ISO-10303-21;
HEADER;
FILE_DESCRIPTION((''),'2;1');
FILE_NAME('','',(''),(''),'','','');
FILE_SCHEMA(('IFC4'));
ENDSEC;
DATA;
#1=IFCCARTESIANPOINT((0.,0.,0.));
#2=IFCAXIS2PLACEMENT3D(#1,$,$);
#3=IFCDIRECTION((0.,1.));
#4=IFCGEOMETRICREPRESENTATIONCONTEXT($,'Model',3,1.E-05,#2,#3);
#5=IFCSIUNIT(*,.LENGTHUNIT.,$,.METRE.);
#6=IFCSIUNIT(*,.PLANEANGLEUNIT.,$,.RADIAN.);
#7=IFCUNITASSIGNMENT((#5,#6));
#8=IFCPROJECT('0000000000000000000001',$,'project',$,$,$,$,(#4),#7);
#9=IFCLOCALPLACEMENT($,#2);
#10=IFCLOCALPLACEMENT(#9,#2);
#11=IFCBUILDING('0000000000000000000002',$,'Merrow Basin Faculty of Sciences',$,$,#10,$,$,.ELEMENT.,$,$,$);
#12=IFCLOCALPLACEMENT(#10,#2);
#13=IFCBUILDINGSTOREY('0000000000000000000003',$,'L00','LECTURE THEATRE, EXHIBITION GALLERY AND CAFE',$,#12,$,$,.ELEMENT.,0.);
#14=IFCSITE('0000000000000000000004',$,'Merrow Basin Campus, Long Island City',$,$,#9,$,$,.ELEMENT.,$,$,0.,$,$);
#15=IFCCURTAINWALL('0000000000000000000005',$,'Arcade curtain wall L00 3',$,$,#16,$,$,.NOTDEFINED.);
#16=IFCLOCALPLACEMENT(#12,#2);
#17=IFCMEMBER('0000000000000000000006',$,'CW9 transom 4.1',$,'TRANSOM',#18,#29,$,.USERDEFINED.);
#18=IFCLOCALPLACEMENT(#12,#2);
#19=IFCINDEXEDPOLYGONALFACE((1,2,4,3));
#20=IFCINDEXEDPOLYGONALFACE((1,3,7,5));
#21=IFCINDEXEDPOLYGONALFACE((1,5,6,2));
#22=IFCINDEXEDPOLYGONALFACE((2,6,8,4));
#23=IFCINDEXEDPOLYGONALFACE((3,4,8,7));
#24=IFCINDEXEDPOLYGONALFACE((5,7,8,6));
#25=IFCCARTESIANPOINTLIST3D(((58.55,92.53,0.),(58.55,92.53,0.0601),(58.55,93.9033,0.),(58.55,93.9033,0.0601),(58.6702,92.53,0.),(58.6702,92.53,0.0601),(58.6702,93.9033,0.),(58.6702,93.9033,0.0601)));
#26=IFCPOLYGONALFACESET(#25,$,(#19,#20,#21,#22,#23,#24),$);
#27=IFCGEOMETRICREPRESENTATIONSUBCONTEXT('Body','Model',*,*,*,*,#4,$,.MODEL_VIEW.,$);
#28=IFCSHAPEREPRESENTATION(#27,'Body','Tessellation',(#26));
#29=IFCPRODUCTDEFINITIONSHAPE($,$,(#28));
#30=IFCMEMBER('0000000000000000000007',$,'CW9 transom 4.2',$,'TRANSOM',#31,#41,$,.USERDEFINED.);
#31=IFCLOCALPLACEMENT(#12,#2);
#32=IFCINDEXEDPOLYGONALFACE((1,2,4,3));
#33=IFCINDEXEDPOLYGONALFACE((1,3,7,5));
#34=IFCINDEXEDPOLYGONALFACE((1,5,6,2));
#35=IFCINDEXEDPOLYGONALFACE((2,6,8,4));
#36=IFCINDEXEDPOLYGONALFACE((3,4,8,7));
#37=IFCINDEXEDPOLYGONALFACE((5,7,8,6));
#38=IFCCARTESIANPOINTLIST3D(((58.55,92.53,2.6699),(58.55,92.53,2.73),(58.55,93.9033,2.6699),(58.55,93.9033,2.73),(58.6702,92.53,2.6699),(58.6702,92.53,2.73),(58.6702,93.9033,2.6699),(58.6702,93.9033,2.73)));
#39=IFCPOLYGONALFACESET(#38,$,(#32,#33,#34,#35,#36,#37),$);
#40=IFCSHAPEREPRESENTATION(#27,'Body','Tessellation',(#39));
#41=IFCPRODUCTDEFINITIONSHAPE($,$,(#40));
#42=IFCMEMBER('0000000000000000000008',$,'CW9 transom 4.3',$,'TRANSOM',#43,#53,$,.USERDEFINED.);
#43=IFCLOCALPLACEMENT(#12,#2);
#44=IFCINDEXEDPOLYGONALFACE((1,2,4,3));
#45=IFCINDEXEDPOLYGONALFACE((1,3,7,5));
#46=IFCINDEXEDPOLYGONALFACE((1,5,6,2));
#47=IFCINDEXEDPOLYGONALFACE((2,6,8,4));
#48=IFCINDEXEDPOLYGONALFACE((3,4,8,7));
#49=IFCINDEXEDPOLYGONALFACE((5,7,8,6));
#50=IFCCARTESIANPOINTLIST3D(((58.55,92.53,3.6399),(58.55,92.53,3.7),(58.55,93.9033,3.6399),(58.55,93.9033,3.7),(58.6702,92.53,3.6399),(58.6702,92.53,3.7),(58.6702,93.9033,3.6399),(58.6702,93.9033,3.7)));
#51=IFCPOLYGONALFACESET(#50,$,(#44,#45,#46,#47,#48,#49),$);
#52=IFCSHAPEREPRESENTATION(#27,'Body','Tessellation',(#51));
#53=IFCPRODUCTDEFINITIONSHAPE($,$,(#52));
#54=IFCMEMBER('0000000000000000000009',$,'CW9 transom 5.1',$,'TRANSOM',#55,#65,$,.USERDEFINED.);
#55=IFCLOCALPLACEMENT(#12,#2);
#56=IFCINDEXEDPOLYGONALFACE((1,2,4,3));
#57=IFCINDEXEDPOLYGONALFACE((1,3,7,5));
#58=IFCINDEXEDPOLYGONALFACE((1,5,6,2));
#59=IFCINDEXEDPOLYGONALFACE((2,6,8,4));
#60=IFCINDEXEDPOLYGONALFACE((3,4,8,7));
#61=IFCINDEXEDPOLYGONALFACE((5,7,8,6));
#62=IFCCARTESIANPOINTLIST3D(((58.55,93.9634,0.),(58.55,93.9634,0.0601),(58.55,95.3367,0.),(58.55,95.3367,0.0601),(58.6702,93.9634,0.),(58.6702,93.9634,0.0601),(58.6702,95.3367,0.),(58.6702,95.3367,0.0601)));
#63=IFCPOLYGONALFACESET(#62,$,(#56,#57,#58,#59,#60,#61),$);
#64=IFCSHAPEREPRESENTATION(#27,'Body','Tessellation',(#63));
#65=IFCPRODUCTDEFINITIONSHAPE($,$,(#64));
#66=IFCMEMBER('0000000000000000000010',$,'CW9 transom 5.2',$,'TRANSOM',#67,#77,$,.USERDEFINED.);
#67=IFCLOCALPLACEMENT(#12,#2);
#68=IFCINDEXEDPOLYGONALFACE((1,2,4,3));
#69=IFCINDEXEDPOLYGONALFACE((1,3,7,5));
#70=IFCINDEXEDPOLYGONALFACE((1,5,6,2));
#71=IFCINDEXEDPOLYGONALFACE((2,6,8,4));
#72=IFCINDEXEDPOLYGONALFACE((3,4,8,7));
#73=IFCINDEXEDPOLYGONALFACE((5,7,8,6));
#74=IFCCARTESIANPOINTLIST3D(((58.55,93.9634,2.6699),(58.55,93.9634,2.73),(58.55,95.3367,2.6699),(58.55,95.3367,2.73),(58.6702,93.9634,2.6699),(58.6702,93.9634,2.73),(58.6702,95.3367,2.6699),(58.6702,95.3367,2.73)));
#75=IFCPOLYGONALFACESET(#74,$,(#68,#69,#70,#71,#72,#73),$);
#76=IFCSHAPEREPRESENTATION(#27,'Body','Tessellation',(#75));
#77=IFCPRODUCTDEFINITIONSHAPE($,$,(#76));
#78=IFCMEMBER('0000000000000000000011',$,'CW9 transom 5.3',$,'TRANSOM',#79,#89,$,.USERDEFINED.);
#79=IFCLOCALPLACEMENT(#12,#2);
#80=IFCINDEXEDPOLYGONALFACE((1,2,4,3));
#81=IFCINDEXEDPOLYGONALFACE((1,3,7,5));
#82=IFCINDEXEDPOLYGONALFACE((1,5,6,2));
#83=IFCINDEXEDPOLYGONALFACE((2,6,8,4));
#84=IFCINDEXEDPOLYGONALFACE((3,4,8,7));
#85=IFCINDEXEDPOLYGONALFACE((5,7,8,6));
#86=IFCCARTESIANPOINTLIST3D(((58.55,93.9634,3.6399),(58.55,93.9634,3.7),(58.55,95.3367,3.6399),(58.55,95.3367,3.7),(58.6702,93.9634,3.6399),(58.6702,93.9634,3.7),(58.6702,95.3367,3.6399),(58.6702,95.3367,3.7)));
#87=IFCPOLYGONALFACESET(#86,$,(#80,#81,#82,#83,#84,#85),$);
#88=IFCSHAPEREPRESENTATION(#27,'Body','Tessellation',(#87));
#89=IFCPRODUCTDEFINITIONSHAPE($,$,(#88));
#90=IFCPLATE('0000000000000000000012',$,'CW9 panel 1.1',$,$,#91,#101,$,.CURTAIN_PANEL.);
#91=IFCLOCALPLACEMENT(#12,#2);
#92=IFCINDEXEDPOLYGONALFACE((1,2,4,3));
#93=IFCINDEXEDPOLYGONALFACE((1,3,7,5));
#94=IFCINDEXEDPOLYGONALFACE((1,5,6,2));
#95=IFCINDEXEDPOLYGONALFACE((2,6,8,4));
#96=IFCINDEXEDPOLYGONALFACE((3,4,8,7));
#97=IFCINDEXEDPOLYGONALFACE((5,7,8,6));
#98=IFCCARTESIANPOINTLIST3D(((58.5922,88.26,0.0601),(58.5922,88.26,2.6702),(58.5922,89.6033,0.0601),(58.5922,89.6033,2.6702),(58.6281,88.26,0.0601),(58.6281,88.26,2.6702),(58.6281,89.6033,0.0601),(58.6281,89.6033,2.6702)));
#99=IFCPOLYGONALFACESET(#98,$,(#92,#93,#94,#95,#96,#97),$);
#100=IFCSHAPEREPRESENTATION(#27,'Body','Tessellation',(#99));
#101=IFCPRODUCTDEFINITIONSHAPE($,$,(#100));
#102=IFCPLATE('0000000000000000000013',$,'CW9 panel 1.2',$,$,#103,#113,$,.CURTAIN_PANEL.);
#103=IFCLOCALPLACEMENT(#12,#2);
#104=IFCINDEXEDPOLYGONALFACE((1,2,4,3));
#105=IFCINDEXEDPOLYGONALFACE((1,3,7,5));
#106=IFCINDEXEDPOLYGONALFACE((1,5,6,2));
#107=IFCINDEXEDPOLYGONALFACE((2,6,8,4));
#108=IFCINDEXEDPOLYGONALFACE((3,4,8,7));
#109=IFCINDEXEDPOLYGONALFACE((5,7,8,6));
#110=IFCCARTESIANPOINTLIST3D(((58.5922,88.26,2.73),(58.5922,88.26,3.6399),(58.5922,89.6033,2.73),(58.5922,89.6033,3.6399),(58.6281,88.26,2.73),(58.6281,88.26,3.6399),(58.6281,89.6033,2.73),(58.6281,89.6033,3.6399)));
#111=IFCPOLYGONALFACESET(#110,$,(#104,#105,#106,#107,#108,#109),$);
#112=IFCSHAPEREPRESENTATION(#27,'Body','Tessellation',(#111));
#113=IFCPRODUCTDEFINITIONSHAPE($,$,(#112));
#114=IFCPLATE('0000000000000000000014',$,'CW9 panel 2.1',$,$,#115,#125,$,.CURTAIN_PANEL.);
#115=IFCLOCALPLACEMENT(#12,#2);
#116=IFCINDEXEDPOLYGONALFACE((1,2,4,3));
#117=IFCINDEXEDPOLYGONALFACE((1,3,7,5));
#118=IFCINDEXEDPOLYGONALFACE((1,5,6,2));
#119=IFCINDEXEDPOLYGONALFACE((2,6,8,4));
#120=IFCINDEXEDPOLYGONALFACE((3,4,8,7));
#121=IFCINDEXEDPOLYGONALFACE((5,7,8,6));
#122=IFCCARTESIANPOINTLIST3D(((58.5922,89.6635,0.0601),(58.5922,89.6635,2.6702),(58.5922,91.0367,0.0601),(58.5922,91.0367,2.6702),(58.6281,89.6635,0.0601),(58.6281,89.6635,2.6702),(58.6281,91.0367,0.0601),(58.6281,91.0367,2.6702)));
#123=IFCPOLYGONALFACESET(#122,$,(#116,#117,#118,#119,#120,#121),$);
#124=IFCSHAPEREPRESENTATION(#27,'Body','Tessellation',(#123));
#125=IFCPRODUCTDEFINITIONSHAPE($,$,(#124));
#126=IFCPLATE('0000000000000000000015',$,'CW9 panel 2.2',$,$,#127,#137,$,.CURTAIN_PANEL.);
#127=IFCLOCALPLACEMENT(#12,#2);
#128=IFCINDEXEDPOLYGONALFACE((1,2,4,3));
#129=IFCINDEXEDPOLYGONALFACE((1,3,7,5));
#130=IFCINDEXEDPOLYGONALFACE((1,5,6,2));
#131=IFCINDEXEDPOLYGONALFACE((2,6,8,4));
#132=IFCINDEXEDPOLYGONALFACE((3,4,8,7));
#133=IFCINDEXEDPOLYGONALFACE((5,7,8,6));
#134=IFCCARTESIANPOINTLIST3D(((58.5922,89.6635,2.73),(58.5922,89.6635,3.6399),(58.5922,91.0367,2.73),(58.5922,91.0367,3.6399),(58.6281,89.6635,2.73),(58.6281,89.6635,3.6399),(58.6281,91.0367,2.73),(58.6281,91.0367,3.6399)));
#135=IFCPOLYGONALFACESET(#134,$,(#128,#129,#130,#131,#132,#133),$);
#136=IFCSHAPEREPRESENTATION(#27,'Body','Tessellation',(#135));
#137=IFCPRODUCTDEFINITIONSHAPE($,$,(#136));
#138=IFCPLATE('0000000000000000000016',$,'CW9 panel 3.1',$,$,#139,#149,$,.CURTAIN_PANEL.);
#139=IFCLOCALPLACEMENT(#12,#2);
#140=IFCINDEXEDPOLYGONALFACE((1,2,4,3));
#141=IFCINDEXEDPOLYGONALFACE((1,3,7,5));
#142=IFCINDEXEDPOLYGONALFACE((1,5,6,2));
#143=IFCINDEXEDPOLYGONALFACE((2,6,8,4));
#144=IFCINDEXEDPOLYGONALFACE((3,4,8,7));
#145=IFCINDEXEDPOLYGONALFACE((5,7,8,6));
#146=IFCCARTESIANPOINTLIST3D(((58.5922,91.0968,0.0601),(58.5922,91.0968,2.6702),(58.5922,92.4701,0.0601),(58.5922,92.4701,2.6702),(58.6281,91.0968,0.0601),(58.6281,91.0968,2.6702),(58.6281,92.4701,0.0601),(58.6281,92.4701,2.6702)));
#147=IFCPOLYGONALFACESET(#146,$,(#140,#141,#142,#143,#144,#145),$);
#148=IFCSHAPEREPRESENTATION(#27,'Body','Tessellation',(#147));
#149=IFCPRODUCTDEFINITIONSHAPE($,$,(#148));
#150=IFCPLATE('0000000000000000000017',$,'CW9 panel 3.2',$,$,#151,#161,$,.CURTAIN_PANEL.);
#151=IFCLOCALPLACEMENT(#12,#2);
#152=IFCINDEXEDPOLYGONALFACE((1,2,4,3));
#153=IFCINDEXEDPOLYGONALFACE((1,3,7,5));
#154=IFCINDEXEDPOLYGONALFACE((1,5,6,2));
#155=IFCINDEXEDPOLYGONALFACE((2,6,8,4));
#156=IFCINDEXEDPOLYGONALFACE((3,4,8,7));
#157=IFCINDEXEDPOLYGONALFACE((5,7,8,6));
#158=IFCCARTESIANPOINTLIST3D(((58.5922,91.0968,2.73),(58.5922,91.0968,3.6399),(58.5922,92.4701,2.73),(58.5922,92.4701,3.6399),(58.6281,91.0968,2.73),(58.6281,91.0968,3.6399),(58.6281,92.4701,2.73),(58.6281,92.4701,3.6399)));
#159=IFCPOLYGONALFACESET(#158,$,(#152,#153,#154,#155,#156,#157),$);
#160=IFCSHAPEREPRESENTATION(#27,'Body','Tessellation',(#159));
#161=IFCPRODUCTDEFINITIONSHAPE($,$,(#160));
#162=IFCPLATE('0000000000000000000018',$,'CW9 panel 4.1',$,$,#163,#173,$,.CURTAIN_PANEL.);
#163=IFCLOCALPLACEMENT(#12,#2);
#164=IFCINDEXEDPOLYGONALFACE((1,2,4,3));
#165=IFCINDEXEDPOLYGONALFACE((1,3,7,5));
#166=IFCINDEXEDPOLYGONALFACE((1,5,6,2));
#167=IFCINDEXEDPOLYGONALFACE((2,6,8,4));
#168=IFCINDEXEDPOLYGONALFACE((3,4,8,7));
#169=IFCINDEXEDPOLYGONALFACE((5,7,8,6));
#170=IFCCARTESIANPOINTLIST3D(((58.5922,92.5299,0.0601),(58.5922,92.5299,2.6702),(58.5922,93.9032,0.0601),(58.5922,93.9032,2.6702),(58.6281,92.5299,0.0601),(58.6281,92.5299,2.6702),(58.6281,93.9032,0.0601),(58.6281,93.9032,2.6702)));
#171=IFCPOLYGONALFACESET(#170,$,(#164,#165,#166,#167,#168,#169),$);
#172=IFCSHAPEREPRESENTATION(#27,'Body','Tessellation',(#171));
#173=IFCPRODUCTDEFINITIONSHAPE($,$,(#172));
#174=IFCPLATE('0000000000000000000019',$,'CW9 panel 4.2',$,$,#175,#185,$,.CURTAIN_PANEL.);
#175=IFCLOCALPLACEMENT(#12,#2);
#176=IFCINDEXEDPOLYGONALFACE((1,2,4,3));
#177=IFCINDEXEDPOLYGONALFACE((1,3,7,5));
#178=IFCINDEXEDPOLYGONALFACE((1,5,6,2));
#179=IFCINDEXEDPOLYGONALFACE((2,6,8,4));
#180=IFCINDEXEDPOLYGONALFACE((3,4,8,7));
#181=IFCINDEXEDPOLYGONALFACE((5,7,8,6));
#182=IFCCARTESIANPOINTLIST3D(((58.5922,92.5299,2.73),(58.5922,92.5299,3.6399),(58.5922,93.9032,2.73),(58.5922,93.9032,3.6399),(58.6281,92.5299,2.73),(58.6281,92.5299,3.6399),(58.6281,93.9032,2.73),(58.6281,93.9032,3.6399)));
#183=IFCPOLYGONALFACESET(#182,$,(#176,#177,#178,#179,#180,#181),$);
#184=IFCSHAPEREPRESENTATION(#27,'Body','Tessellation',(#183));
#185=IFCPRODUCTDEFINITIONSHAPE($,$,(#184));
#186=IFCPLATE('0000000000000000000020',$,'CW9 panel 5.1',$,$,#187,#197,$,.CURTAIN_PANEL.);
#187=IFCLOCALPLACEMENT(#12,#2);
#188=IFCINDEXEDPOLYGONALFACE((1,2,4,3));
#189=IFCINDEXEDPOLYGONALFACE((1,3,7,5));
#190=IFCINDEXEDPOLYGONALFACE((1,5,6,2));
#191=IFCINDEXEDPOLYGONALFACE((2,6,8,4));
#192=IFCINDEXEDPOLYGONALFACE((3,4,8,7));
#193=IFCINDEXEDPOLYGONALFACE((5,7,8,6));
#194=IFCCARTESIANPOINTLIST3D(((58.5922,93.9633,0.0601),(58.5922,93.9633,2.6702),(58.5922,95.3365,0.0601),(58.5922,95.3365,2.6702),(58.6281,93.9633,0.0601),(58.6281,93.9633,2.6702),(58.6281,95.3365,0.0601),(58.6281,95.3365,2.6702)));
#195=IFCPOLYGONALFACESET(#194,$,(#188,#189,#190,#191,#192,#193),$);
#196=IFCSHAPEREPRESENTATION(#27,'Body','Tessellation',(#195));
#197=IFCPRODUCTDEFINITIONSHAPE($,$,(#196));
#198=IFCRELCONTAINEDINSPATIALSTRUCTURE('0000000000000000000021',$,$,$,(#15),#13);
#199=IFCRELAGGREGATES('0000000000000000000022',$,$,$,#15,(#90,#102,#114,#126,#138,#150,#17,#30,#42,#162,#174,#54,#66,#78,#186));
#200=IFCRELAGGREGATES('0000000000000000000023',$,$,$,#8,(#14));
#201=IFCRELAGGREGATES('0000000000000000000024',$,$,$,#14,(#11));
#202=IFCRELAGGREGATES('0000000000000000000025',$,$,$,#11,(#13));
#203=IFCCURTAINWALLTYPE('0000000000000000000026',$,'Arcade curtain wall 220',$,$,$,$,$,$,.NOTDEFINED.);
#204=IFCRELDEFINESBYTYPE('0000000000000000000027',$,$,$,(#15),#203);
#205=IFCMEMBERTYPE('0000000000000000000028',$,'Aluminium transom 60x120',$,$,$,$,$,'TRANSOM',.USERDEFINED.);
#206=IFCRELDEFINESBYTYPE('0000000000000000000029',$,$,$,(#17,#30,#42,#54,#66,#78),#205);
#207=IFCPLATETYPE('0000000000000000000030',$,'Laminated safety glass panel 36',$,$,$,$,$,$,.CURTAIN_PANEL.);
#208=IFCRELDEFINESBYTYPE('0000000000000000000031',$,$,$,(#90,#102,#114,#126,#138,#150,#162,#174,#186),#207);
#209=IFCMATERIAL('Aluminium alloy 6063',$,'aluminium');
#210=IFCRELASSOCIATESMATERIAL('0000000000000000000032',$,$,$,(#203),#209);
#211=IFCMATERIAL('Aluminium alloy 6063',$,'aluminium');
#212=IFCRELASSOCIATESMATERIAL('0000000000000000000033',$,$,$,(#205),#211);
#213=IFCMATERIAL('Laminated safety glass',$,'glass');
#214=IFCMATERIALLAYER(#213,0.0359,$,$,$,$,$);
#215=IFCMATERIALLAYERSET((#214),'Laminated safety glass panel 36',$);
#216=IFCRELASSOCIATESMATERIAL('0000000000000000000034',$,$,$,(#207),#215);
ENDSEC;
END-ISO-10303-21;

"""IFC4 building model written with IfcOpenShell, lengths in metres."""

from ifc_helpers import new_model, si_unit, direction, frame, origin, origin_2d, place, context, subcontext, project, spatial, rectangle, extrude, material, layer, layer_set, material_profile, profile_set, type_object, element, aggregate, save


model = new_model("IFC4")

# Units and contexts
model_context = context("Model", 3, precision=1e-05, world=origin(), true_north=direction((0.0, 1.0)))
body_context = subcontext(model_context, "Body", "Model", "MODEL_VIEW")
ifc_project = project(units=[si_unit("LENGTHUNIT", "METRE"), si_unit("PLANEANGLEUNIT", "RADIAN")], contexts=[model_context])

# Site, building, storey
site_placement = place(None, origin())
site = spatial("IfcSite", under=ifc_project, at=site_placement, Name="Merrow Basin Campus, Long Island City", CompositionType="ELEMENT", RefElevation=0.0)
building_placement = place(site_placement, origin())
building = spatial("IfcBuilding", under=site, at=building_placement, Name="Merrow Basin Faculty of Sciences", CompositionType="ELEMENT")
storey_placement = place(building_placement, origin())
storey = spatial("IfcBuildingStorey", under=building, at=storey_placement, Name="L00", Description="LECTURE THEATRE, EXHIBITION GALLERY AND CAFE", CompositionType="ELEMENT", Elevation=0.0)

# Shared definitions
ifc_material_1 = material(Name="Aluminium alloy 6063", Category="aluminium")
curtain_wall_type = type_object("IfcCurtainWallType", Name="Arcade curtain wall 220", PredefinedType="NOTDEFINED", material=ifc_material_1)

# Curtain wall, members, plates
curtain_wall_1_placement = place(storey_placement, origin())
curtain_wall_1 = element("IfcCurtainWall", 1, at=curtain_wall_1_placement, inside=storey, type_object=curtain_wall_type, Name="Arcade curtain wall L00 3", PredefinedType="NOTDEFINED")
ifc_material_2 = material(Name="Aluminium alloy 6063", Category="aluminium")
ifc_material_profile_1 = material_profile(ifc_material_2, rectangle(XDim=0.1201, YDim=0.0601, at=origin_2d()))
ifc_profile_set_1 = profile_set([ifc_material_profile_1], Name="Aluminium alloy 6063")
member_type_1 = type_object("IfcMemberType", Name="Aluminium transom 60x120", ElementType="TRANSOM", PredefinedType="USERDEFINED", material=ifc_profile_set_1)
member_1_placement = place(storey_placement, frame((58.6101, 92.53, 0.03), z_axis=(0.0, 1.0, 0.0), x_axis=(-1.0, 0.0, 0.0)))
member_1 = element("IfcMember", 2, at=member_1_placement, type_object=member_type_1, Name="CW9 transom 4.1", ObjectType="TRANSOM", PredefinedType="USERDEFINED", context=body_context, shape_type="SweptSolid", body=[
    extrude(rectangle(XDim=0.1201, YDim=0.0601, at=origin_2d()), origin(), (0.0, 0.0, 1.0), 1.3733),
])
member_2_placement = place(storey_placement, frame((58.6101, 92.53, 2.7), z_axis=(0.0, 1.0, 0.0), x_axis=(-1.0, 0.0, 0.0)))
member_2 = element("IfcMember", 3, at=member_2_placement, type_object=member_type_1, Name="CW9 transom 4.2", ObjectType="TRANSOM", PredefinedType="USERDEFINED", context=body_context, shape_type="SweptSolid", body=[
    extrude(rectangle(XDim=0.1201, YDim=0.0601, at=origin_2d()), origin(), (0.0, 0.0, 1.0), 1.3733),
])
member_3_placement = place(storey_placement, frame((58.6101, 92.53, 3.6699), z_axis=(0.0, 1.0, 0.0), x_axis=(-1.0, 0.0, 0.0)))
member_3 = element("IfcMember", 4, at=member_3_placement, type_object=member_type_1, Name="CW9 transom 4.3", ObjectType="TRANSOM", PredefinedType="USERDEFINED", context=body_context, shape_type="SweptSolid", body=[
    extrude(rectangle(XDim=0.1201, YDim=0.0601, at=origin_2d()), origin(), (0.0, 0.0, 1.0), 1.3733),
])
member_4_placement = place(storey_placement, frame((58.6101, 93.9634, 0.03), z_axis=(0.0, 1.0, 0.0), x_axis=(-1.0, 0.0, 0.0)))
member_4 = element("IfcMember", 5, at=member_4_placement, type_object=member_type_1, Name="CW9 transom 5.1", ObjectType="TRANSOM", PredefinedType="USERDEFINED", context=body_context, shape_type="SweptSolid", body=[
    extrude(rectangle(XDim=0.1201, YDim=0.0601, at=origin_2d()), origin(), (0.0, 0.0, 1.0), 1.3733),
])
member_5_placement = place(storey_placement, frame((58.6101, 93.9634, 2.7), z_axis=(0.0, 1.0, 0.0), x_axis=(-1.0, 0.0, 0.0)))
member_5 = element("IfcMember", 6, at=member_5_placement, type_object=member_type_1, Name="CW9 transom 5.2", ObjectType="TRANSOM", PredefinedType="USERDEFINED", context=body_context, shape_type="SweptSolid", body=[
    extrude(rectangle(XDim=0.1201, YDim=0.0601, at=origin_2d()), origin(), (0.0, 0.0, 1.0), 1.3733),
])
member_6_placement = place(storey_placement, frame((58.6101, 93.9634, 3.6699), z_axis=(0.0, 1.0, 0.0), x_axis=(-1.0, 0.0, 0.0)))
member_6 = element("IfcMember", 7, at=member_6_placement, type_object=member_type_1, Name="CW9 transom 5.3", ObjectType="TRANSOM", PredefinedType="USERDEFINED", context=body_context, shape_type="SweptSolid", body=[
    extrude(rectangle(XDim=0.1201, YDim=0.0601, at=origin_2d()), origin(), (0.0, 0.0, 1.0), 1.3733),
])
ifc_material_3 = material(Name="Laminated safety glass", Category="glass")
ifc_layer = layer(ifc_material_3, 0.0359)
ifc_layer_set = layer_set([ifc_layer], Name="Laminated safety glass panel 36")
plate_type = type_object("IfcPlateType", Name="Laminated safety glass panel 36", PredefinedType="CURTAIN_PANEL", material=ifc_layer_set)
plate_1_placement = place(storey_placement, frame((58.6101, 88.9316, 0.0601), z_axis=(0.0, 0.0, 1.0), x_axis=(0.0, 1.0, 0.0)))
plate_1 = element("IfcPlate", 8, at=plate_1_placement, type_object=plate_type, Name="CW9 panel 1.1", PredefinedType="CURTAIN_PANEL", context=body_context, shape_type="SweptSolid", body=[
    extrude(rectangle(XDim=1.3433, YDim=0.0359, at=origin_2d()), origin(), (0.0, 0.0, 1.0), 2.6101),
])
plate_2_placement = place(storey_placement, frame((58.6101, 88.9316, 2.73), z_axis=(0.0, 0.0, 1.0), x_axis=(0.0, 1.0, 0.0)))
plate_2 = element("IfcPlate", 9, at=plate_2_placement, type_object=plate_type, Name="CW9 panel 1.2", PredefinedType="CURTAIN_PANEL", context=body_context, shape_type="SweptSolid", body=[
    extrude(rectangle(XDim=1.3433, YDim=0.0359, at=origin_2d()), origin(), (0.0, 0.0, 1.0), 0.9099),
])
plate_3_placement = place(storey_placement, frame((58.6101, 90.3501, 0.0601), z_axis=(0.0, 0.0, 1.0), x_axis=(0.0, 1.0, 0.0)))
plate_3 = element("IfcPlate", 10, at=plate_3_placement, type_object=plate_type, Name="CW9 panel 2.1", PredefinedType="CURTAIN_PANEL", context=body_context, shape_type="SweptSolid", body=[
    extrude(rectangle(XDim=1.3733, YDim=0.0359, at=origin_2d()), origin(), (0.0, 0.0, 1.0), 2.6101),
])
plate_4_placement = place(storey_placement, frame((58.6101, 90.3501, 2.73), z_axis=(0.0, 0.0, 1.0), x_axis=(0.0, 1.0, 0.0)))
plate_4 = element("IfcPlate", 11, at=plate_4_placement, type_object=plate_type, Name="CW9 panel 2.2", PredefinedType="CURTAIN_PANEL", context=body_context, shape_type="SweptSolid", body=[
    extrude(rectangle(XDim=1.3733, YDim=0.0359, at=origin_2d()), origin(), (0.0, 0.0, 1.0), 0.9099),
])
plate_5_placement = place(storey_placement, frame((58.6101, 91.7834, 0.0601), z_axis=(0.0, 0.0, 1.0), x_axis=(0.0, 1.0, 0.0)))
plate_5 = element("IfcPlate", 12, at=plate_5_placement, type_object=plate_type, Name="CW9 panel 3.1", PredefinedType="CURTAIN_PANEL", context=body_context, shape_type="SweptSolid", body=[
    extrude(rectangle(XDim=1.3733, YDim=0.0359, at=origin_2d()), origin(), (0.0, 0.0, 1.0), 2.6101),
])
plate_6_placement = place(storey_placement, frame((58.6101, 91.7834, 2.73), z_axis=(0.0, 0.0, 1.0), x_axis=(0.0, 1.0, 0.0)))
plate_6 = element("IfcPlate", 13, at=plate_6_placement, type_object=plate_type, Name="CW9 panel 3.2", PredefinedType="CURTAIN_PANEL", context=body_context, shape_type="SweptSolid", body=[
    extrude(rectangle(XDim=1.3733, YDim=0.0359, at=origin_2d()), origin(), (0.0, 0.0, 1.0), 0.9099),
])
plate_7_placement = place(storey_placement, frame((58.6101, 93.2166, 0.0601), z_axis=(0.0, 0.0, 1.0), x_axis=(0.0, 1.0, 0.0)))
plate_7 = element("IfcPlate", 14, at=plate_7_placement, type_object=plate_type, Name="CW9 panel 4.1", PredefinedType="CURTAIN_PANEL", context=body_context, shape_type="SweptSolid", body=[
    extrude(rectangle(XDim=1.3733, YDim=0.0359, at=origin_2d()), origin(), (0.0, 0.0, 1.0), 2.6101),
])
plate_8_placement = place(storey_placement, frame((58.6101, 93.2166, 2.73), z_axis=(0.0, 0.0, 1.0), x_axis=(0.0, 1.0, 0.0)))
plate_8 = element("IfcPlate", 15, at=plate_8_placement, type_object=plate_type, Name="CW9 panel 4.2", PredefinedType="CURTAIN_PANEL", context=body_context, shape_type="SweptSolid", body=[
    extrude(rectangle(XDim=1.3733, YDim=0.0359, at=origin_2d()), origin(), (0.0, 0.0, 1.0), 0.9099),
])
plate_9_placement = place(storey_placement, frame((58.6101, 94.6499, 0.0601), z_axis=(0.0, 0.0, 1.0), x_axis=(0.0, 1.0, 0.0)))
plate_9 = element("IfcPlate", 16, at=plate_9_placement, type_object=plate_type, Name="CW9 panel 5.1", PredefinedType="CURTAIN_PANEL", context=body_context, shape_type="SweptSolid", body=[
    extrude(rectangle(XDim=1.3733, YDim=0.0359, at=origin_2d()), origin(), (0.0, 0.0, 1.0), 2.6101),
])
aggregate(curtain_wall_1, [plate_1, plate_2, plate_3, plate_4, plate_5, plate_6, member_1, member_2, member_3, plate_7, plate_8, member_4, member_5, member_6, plate_9])

save(model, "model.ifc")
